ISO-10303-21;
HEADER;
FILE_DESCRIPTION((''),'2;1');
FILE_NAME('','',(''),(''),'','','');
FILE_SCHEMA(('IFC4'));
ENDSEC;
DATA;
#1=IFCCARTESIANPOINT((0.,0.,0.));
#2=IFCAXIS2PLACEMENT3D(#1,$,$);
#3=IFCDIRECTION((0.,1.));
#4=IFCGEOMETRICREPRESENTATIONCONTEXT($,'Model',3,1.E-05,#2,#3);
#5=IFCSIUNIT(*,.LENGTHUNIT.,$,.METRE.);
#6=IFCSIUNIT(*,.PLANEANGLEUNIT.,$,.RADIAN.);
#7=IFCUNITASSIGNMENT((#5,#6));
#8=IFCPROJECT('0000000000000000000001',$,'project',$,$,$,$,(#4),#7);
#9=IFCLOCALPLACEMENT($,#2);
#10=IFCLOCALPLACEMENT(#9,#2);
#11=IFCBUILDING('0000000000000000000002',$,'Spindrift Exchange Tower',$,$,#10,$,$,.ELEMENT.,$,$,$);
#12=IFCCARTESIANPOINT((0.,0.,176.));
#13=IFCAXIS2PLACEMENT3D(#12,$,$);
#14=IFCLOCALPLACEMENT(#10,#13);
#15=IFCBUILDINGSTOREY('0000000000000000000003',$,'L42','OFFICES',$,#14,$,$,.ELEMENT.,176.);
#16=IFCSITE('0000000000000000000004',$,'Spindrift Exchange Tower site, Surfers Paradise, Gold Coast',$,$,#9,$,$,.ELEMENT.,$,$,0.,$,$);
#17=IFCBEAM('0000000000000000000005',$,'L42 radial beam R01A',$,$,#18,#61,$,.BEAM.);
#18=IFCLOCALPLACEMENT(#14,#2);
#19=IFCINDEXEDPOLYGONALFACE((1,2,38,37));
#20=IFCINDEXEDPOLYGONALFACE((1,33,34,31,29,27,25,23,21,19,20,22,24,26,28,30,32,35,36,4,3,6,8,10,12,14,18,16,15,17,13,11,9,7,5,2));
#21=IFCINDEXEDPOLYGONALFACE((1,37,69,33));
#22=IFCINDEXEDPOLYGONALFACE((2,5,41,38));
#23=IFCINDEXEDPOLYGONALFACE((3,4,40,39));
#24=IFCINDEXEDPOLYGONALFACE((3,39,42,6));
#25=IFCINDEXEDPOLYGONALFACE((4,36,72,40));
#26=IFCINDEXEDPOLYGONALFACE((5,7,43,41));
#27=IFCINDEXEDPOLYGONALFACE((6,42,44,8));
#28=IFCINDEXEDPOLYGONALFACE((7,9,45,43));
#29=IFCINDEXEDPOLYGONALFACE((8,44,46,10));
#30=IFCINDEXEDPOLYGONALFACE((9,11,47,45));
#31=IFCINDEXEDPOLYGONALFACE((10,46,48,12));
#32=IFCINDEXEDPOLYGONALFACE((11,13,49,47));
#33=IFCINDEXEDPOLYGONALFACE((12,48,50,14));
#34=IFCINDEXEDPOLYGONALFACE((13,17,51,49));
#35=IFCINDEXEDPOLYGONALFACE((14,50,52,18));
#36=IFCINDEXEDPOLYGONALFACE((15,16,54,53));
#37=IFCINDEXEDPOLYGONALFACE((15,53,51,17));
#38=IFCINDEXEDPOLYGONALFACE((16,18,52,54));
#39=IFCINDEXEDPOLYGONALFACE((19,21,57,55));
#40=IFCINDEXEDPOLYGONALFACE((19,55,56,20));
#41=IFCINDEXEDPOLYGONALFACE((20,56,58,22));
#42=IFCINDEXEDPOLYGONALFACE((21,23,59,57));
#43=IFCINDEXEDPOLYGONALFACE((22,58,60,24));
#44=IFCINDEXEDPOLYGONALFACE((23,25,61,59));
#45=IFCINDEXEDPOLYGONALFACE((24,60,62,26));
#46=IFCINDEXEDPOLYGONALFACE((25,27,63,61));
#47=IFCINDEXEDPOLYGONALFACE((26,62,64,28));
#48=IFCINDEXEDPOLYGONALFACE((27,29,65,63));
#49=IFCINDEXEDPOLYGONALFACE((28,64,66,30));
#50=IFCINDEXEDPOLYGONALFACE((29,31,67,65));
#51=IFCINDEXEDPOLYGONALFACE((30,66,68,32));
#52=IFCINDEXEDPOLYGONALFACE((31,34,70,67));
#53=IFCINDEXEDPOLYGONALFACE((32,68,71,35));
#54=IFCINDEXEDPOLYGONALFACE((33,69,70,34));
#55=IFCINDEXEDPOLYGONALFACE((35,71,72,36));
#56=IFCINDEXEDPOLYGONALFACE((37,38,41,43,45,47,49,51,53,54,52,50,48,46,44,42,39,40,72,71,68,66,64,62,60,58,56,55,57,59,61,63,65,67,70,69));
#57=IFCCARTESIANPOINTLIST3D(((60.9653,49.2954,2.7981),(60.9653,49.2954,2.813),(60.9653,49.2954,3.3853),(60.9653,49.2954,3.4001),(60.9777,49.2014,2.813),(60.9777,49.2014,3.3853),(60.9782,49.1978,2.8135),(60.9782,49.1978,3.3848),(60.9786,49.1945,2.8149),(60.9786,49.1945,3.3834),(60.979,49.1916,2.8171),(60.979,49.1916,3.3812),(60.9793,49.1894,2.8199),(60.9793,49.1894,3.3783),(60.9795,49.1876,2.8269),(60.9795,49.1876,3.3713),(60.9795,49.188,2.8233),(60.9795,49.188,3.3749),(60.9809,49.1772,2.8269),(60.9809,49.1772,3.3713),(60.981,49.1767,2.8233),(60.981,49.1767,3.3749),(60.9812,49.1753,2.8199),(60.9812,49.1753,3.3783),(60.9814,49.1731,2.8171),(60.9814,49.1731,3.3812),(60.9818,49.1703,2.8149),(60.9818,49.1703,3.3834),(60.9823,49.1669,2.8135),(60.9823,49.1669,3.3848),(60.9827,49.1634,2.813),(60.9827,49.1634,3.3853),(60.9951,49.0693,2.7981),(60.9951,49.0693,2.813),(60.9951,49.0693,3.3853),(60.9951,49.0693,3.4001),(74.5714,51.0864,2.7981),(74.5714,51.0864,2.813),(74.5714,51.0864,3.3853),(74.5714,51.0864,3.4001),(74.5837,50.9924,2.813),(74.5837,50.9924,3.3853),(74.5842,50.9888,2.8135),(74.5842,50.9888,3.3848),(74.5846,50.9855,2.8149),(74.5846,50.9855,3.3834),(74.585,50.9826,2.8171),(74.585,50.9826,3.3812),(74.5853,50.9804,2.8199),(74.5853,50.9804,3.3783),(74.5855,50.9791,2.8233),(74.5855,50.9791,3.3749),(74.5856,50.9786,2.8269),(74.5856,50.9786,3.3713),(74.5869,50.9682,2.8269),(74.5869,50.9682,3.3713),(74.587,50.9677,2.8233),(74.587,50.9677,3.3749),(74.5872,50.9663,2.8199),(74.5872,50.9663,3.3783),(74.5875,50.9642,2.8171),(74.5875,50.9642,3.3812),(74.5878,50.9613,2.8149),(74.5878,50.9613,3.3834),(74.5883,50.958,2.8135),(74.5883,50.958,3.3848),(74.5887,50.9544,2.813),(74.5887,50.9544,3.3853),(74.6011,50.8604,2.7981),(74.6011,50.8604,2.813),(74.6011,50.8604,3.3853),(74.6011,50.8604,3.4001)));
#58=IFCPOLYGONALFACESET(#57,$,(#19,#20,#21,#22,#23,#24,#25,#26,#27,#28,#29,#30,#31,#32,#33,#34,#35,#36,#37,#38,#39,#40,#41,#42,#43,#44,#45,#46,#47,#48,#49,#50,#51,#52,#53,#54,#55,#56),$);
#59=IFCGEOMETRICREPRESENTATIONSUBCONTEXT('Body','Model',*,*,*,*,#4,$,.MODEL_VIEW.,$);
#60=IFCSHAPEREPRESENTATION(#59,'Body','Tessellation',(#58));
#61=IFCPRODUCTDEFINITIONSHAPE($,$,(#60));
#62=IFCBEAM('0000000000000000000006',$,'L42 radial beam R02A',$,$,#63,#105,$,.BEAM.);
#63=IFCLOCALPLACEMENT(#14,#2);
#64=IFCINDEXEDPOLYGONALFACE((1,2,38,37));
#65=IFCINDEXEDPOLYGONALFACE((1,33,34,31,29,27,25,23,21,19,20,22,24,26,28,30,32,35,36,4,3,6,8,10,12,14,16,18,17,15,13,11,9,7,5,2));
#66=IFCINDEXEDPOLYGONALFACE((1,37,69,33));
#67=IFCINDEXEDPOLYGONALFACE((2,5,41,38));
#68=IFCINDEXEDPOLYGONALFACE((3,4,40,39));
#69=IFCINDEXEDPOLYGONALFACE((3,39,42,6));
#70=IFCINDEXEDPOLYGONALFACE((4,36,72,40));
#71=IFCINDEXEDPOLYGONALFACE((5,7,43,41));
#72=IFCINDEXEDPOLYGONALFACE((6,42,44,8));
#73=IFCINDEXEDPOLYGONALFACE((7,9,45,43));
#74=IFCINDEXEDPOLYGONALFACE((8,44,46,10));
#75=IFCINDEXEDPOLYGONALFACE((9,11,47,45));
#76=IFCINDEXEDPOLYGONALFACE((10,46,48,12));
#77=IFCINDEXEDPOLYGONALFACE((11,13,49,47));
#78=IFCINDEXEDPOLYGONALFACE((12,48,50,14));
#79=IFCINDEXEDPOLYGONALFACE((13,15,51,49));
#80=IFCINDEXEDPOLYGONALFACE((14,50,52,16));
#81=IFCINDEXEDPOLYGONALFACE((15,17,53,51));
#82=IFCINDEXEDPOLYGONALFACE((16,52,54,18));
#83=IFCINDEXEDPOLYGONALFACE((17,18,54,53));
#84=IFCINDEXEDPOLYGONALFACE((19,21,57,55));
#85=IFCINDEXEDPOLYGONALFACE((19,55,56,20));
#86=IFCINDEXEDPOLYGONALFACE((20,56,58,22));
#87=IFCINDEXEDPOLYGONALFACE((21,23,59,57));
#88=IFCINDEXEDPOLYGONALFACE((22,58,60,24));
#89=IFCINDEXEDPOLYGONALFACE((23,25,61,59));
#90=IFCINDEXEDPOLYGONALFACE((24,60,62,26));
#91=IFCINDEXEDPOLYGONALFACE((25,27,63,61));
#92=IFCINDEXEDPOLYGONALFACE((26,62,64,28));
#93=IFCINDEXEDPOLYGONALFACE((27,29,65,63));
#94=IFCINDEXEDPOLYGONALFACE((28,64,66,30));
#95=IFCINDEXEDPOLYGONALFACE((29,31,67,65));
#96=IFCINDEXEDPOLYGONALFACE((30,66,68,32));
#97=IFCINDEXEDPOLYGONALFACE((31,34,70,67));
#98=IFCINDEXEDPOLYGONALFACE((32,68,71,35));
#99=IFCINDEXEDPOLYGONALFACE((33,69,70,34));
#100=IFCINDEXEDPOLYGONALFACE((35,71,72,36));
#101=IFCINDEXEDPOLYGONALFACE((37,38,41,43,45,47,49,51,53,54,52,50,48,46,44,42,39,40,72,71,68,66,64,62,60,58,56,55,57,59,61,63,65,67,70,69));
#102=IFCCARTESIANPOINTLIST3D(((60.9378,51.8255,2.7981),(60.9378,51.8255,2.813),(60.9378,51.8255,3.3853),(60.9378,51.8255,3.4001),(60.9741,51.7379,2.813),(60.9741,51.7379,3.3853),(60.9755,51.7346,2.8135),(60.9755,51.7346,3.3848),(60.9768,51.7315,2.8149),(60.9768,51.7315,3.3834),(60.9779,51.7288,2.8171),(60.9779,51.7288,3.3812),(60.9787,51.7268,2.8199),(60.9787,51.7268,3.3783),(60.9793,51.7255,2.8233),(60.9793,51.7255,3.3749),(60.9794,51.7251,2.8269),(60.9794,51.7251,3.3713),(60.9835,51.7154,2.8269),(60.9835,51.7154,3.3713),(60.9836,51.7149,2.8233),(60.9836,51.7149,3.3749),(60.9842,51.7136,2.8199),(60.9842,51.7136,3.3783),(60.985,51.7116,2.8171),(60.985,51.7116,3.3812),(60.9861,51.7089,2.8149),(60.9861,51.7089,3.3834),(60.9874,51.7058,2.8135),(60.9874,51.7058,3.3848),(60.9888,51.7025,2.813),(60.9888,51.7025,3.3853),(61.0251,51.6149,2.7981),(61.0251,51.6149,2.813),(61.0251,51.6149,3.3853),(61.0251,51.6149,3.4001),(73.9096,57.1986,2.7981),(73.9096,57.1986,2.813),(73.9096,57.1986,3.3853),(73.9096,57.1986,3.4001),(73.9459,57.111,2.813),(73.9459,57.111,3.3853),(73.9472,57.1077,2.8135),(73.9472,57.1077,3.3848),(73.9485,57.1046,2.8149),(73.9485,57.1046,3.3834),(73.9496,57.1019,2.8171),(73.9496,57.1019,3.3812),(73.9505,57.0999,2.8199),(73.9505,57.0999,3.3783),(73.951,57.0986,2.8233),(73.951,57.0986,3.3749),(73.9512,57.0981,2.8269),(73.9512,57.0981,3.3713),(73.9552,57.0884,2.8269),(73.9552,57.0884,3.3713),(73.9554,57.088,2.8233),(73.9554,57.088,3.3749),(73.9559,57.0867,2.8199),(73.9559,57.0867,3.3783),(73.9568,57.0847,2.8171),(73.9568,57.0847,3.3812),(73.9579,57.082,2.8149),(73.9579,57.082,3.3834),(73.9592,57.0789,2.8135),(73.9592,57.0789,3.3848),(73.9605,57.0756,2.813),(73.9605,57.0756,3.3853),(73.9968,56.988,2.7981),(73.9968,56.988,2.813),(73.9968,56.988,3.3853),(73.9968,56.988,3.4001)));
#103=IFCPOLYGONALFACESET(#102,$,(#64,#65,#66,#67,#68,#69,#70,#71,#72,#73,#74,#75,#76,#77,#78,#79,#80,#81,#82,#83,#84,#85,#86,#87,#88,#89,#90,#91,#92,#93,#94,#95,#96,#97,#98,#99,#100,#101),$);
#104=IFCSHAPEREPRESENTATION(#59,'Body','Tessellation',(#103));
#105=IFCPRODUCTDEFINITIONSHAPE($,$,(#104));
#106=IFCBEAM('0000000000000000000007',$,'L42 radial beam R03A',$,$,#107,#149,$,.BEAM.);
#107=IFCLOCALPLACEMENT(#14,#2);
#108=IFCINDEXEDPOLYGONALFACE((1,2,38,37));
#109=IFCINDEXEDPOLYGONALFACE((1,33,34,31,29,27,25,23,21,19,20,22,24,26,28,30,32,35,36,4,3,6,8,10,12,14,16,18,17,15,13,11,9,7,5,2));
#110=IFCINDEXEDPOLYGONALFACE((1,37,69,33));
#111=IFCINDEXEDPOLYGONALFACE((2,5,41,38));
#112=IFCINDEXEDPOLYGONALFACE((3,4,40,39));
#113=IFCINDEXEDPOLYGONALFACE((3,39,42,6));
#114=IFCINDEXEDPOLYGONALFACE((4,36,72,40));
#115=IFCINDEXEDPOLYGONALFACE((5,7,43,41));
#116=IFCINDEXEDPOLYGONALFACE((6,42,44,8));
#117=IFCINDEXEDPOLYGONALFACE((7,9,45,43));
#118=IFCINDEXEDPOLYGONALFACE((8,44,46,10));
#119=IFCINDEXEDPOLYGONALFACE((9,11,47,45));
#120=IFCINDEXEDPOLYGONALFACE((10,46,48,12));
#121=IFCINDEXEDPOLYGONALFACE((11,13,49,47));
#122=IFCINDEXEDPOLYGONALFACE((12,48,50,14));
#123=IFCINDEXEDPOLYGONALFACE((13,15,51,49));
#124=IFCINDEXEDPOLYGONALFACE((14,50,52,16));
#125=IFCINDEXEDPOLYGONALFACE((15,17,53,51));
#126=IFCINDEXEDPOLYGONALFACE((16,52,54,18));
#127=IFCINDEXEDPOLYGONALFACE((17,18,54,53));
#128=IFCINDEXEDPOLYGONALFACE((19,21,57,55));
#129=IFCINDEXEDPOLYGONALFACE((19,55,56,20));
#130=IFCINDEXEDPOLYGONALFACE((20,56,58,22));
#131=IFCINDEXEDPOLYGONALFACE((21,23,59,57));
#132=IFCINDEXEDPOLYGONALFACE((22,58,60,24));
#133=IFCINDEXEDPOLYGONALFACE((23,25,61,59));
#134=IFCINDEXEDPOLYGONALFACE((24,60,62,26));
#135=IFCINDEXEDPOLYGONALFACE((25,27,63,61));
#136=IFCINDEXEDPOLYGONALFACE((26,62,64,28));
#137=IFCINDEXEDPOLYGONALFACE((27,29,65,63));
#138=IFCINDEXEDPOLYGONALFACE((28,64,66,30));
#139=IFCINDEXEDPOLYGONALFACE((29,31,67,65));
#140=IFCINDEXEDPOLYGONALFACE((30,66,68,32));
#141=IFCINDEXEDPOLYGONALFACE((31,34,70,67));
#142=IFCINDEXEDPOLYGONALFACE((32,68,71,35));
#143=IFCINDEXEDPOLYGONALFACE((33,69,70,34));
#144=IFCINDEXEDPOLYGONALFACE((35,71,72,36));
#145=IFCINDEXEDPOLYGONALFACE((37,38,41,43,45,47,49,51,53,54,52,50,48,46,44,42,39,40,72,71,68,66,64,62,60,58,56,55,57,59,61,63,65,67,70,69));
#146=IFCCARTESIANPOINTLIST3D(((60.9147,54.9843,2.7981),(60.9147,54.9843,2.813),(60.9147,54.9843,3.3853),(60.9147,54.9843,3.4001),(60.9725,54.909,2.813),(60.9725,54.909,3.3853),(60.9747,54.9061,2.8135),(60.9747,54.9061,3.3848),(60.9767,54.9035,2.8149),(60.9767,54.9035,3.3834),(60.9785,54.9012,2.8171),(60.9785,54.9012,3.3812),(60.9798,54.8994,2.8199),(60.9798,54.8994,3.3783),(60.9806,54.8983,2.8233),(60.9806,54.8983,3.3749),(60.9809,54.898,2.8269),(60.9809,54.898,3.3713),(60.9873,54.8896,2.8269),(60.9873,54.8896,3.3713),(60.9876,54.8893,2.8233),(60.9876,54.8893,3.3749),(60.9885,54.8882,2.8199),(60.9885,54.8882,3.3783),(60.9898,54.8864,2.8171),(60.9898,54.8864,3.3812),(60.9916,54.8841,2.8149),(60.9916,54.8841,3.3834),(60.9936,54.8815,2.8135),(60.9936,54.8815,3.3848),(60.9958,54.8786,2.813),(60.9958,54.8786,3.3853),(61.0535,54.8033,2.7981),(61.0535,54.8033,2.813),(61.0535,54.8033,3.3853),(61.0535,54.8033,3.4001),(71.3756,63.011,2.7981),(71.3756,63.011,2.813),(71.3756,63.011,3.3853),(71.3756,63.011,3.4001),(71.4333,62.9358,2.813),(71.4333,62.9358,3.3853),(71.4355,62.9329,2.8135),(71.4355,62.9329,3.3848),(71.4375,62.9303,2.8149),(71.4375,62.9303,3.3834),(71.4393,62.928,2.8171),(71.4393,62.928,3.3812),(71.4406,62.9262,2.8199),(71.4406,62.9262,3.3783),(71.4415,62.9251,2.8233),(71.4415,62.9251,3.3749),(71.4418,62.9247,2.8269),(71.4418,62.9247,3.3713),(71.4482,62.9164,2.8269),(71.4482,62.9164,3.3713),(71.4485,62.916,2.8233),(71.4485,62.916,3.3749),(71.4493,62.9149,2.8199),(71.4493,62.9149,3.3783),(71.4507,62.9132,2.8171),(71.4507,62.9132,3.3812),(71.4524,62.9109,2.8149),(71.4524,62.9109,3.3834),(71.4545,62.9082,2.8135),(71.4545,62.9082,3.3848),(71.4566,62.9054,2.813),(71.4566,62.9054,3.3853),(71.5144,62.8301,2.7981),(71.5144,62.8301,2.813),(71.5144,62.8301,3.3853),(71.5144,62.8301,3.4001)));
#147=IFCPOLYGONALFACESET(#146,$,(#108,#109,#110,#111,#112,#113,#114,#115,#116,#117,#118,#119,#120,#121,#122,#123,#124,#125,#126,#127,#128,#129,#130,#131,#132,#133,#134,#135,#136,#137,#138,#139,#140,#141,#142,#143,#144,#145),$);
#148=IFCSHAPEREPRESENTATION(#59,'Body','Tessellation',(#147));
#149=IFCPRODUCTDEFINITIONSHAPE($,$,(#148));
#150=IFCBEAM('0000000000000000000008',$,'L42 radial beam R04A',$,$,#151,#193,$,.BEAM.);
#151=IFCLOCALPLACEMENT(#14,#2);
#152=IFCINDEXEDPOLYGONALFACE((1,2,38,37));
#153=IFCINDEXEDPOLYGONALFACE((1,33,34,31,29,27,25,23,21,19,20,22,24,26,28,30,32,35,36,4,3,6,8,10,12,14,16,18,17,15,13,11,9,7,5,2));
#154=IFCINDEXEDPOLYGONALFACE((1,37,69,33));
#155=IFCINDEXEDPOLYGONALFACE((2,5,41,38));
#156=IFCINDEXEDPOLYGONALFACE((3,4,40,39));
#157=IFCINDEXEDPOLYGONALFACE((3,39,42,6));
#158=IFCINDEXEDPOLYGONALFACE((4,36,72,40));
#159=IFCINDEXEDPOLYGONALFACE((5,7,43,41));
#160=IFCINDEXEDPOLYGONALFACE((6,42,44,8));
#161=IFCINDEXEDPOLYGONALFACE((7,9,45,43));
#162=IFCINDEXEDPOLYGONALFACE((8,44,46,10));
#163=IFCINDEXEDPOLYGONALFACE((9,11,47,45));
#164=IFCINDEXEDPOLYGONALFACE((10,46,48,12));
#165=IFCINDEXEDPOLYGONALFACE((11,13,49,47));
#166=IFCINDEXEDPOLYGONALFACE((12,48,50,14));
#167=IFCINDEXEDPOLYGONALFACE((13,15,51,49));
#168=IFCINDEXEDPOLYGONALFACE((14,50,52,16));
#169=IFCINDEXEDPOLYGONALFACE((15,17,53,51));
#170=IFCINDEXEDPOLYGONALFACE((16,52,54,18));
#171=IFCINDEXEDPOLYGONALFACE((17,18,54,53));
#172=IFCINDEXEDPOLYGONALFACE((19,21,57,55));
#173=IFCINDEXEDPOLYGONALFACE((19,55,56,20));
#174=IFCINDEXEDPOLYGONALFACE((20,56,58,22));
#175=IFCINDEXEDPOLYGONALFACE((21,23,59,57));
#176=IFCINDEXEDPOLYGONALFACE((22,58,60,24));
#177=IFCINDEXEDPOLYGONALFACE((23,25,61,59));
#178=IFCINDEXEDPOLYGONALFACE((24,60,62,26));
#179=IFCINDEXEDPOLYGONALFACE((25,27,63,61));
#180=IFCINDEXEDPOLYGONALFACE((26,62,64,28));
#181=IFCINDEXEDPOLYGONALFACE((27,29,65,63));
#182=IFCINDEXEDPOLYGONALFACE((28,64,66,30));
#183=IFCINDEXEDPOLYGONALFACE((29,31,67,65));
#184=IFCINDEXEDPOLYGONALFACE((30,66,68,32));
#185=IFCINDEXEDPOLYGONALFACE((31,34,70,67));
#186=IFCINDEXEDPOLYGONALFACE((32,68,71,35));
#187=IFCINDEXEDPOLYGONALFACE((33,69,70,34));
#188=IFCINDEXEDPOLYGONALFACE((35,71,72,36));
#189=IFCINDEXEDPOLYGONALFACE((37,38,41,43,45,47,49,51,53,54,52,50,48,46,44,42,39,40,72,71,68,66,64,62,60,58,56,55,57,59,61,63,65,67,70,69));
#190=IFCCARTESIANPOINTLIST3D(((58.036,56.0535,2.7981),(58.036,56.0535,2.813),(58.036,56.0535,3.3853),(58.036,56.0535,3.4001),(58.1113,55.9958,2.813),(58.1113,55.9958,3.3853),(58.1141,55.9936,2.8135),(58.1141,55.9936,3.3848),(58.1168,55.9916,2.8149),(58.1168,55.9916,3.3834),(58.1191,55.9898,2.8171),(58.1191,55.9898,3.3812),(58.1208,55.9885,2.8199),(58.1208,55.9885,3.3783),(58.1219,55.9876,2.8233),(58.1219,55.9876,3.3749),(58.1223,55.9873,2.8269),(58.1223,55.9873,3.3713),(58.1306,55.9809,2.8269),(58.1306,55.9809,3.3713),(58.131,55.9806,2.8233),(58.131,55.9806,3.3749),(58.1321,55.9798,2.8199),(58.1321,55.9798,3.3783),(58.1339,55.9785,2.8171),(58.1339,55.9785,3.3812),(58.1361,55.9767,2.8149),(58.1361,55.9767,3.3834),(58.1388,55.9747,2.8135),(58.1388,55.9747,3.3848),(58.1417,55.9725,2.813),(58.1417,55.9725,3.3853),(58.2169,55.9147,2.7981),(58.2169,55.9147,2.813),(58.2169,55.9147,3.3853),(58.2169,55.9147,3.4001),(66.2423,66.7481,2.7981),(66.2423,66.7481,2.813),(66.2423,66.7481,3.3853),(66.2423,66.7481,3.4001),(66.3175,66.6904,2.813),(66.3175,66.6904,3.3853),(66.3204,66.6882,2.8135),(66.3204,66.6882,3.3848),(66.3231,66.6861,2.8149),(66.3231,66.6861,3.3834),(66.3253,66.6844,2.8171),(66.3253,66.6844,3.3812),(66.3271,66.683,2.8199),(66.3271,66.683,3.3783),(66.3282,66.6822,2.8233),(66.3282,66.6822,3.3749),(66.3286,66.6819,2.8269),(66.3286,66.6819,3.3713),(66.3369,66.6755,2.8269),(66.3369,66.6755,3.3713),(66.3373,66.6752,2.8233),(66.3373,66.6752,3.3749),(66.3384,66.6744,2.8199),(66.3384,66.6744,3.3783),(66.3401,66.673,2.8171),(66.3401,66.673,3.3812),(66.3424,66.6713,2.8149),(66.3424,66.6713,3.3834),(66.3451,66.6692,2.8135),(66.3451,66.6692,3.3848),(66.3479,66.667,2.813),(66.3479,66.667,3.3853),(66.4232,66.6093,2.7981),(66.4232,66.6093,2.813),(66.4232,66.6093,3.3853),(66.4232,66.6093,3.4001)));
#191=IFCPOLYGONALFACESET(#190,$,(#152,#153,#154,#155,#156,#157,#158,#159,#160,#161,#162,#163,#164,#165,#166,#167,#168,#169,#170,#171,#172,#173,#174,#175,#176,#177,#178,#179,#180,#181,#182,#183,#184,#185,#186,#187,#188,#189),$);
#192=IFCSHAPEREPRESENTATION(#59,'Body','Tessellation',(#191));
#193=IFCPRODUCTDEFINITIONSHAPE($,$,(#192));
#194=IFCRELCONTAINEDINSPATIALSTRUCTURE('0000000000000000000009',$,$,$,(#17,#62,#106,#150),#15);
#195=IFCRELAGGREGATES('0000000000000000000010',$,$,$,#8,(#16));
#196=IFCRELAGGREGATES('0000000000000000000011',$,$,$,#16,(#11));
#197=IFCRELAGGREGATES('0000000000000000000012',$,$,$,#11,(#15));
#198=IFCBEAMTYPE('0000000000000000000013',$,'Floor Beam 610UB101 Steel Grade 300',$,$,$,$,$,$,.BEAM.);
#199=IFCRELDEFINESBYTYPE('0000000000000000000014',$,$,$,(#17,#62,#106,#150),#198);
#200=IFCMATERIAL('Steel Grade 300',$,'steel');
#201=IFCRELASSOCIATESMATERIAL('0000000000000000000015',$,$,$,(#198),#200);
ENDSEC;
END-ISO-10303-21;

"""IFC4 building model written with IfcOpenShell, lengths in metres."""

from ifc_helpers import new_model, si_unit, direction, frame, origin, origin_2d, place, context, subcontext, project, spatial, i_section, extrude, source, transform, mapped, material, material_profile, profile_set, type_object, element, save


model = new_model("IFC4")

# Units and contexts
model_context = context("Model", 3, precision=1e-05, world=origin(), true_north=direction((0.0, 1.0)))
body_context = subcontext(model_context, "Body", "Model", "MODEL_VIEW")
ifc_project = project(units=[si_unit("LENGTHUNIT", "METRE"), si_unit("PLANEANGLEUNIT", "RADIAN")], contexts=[model_context])

# Site, building, storey
site_placement = place(None, origin())
site = spatial("IfcSite", under=ifc_project, at=site_placement, Name="Spindrift Exchange Tower site, Surfers Paradise, Gold Coast", CompositionType="ELEMENT", RefElevation=0.0)
building_placement = place(site_placement, origin())
building = spatial("IfcBuilding", under=site, at=building_placement, Name="Spindrift Exchange Tower", CompositionType="ELEMENT")
storey_placement = place(building_placement, frame((0.0, 0.0, 176.0)))
storey = spatial("IfcBuildingStorey", under=building, at=storey_placement, Name="L42", Description="OFFICES", CompositionType="ELEMENT", Elevation=176.0)

# Beams
ifc_material_1 = material(Name="Steel Grade 300", Category="steel")
ifc_material_profile_1 = material_profile(ifc_material_1, i_section(OverallWidth=0.228, OverallDepth=0.6021, WebThickness=0.0105, FlangeThickness=0.0149, FilletRadius=0.0139, at=origin_2d()), Name="610UB101")
ifc_profile_set_1 = profile_set([ifc_material_profile_1], Name="Steel Grade 300")
beam_type_1 = type_object("IfcBeamType", Name="Floor Beam 610UB101 Steel Grade 300", PredefinedType="BEAM", material=ifc_profile_set_1)
shared_shape_1 = source(origin(), body_context, "Body", "SweptSolid", [
    extrude(i_section(OverallWidth=0.228, OverallDepth=0.6021, WebThickness=0.0105, FlangeThickness=0.0149, FilletRadius=0.0139, at=origin_2d()), origin(), (0.0, 0.0, 1.0), 13.7234),
])
beam_1_placement = place(storey_placement, frame((60.9802, 49.1824, 3.0991), z_axis=(0.991447, 0.130509, 0.0), x_axis=(-0.130509, 0.991447, 0.0)))
element("IfcBeam", 1, at=beam_1_placement, inside=storey, type_object=beam_type_1, Name="L42 radial beam R01A", PredefinedType="BEAM", context=body_context, shape_type="MappedRepresentation", body=[
    mapped(shared_shape_1, transform((0.0, 0.0, 0.0), scale=1.0)),
])
shared_shape_2 = source(origin(), body_context, "Body", "SweptSolid", [
    extrude(i_section(OverallWidth=0.228, OverallDepth=0.6021, WebThickness=0.0105, FlangeThickness=0.0149, FilletRadius=0.0139, at=origin_2d()), origin(), (0.0, 0.0, 1.0), 14.0405),
])
beam_2_placement = place(storey_placement, frame((60.9814, 51.7202, 3.0991), z_axis=(0.92388, 0.382684, 0.0), x_axis=(-0.382684, 0.92388, 0.0)))
element("IfcBeam", 2, at=beam_2_placement, inside=storey, type_object=beam_type_1, Name="L42 radial beam R02A", PredefinedType="BEAM", context=body_context, shape_type="MappedRepresentation", body=[
    mapped(shared_shape_2, transform((0.0, 0.0, 0.0), scale=1.0)),
])
shared_shape_3 = source(origin(), body_context, "Body", "SweptSolid", [
    extrude(i_section(OverallWidth=0.228, OverallDepth=0.6021, WebThickness=0.0105, FlangeThickness=0.0149, FilletRadius=0.0139, at=origin_2d()), origin(), (0.0, 0.0, 1.0), 13.1855),
])
beam_3_placement = place(storey_placement, frame((60.9841, 54.8938, 3.0991), z_axis=(0.793357, 0.608756, 0.0), x_axis=(-0.608756, 0.793357, 0.0)))
element("IfcBeam", 3, at=beam_3_placement, inside=storey, type_object=beam_type_1, Name="L42 radial beam R03A", PredefinedType="BEAM", context=body_context, shape_type="MappedRepresentation", body=[
    mapped(shared_shape_3, transform((0.0, 0.0, 0.0), scale=1.0)),
])
shared_shape_4 = source(origin(), body_context, "Body", "SweptSolid", [
    extrude(i_section(OverallWidth=0.228, OverallDepth=0.6021, WebThickness=0.0105, FlangeThickness=0.0149, FilletRadius=0.0139, at=origin_2d()), origin(), (0.0, 0.0, 1.0), 13.4802),
])
beam_4_placement = place(storey_placement, frame((58.1265, 55.9841, 3.0991), z_axis=(0.608764, 0.793351, 0.0), x_axis=(-0.793351, 0.608764, 0.0)))
element("IfcBeam", 4, at=beam_4_placement, inside=storey, type_object=beam_type_1, Name="L42 radial beam R04A", PredefinedType="BEAM", context=body_context, shape_type="MappedRepresentation", body=[
    mapped(shared_shape_4, transform((0.0, 0.0, 0.0), scale=1.0)),
])

save(model, "model.ifc")
